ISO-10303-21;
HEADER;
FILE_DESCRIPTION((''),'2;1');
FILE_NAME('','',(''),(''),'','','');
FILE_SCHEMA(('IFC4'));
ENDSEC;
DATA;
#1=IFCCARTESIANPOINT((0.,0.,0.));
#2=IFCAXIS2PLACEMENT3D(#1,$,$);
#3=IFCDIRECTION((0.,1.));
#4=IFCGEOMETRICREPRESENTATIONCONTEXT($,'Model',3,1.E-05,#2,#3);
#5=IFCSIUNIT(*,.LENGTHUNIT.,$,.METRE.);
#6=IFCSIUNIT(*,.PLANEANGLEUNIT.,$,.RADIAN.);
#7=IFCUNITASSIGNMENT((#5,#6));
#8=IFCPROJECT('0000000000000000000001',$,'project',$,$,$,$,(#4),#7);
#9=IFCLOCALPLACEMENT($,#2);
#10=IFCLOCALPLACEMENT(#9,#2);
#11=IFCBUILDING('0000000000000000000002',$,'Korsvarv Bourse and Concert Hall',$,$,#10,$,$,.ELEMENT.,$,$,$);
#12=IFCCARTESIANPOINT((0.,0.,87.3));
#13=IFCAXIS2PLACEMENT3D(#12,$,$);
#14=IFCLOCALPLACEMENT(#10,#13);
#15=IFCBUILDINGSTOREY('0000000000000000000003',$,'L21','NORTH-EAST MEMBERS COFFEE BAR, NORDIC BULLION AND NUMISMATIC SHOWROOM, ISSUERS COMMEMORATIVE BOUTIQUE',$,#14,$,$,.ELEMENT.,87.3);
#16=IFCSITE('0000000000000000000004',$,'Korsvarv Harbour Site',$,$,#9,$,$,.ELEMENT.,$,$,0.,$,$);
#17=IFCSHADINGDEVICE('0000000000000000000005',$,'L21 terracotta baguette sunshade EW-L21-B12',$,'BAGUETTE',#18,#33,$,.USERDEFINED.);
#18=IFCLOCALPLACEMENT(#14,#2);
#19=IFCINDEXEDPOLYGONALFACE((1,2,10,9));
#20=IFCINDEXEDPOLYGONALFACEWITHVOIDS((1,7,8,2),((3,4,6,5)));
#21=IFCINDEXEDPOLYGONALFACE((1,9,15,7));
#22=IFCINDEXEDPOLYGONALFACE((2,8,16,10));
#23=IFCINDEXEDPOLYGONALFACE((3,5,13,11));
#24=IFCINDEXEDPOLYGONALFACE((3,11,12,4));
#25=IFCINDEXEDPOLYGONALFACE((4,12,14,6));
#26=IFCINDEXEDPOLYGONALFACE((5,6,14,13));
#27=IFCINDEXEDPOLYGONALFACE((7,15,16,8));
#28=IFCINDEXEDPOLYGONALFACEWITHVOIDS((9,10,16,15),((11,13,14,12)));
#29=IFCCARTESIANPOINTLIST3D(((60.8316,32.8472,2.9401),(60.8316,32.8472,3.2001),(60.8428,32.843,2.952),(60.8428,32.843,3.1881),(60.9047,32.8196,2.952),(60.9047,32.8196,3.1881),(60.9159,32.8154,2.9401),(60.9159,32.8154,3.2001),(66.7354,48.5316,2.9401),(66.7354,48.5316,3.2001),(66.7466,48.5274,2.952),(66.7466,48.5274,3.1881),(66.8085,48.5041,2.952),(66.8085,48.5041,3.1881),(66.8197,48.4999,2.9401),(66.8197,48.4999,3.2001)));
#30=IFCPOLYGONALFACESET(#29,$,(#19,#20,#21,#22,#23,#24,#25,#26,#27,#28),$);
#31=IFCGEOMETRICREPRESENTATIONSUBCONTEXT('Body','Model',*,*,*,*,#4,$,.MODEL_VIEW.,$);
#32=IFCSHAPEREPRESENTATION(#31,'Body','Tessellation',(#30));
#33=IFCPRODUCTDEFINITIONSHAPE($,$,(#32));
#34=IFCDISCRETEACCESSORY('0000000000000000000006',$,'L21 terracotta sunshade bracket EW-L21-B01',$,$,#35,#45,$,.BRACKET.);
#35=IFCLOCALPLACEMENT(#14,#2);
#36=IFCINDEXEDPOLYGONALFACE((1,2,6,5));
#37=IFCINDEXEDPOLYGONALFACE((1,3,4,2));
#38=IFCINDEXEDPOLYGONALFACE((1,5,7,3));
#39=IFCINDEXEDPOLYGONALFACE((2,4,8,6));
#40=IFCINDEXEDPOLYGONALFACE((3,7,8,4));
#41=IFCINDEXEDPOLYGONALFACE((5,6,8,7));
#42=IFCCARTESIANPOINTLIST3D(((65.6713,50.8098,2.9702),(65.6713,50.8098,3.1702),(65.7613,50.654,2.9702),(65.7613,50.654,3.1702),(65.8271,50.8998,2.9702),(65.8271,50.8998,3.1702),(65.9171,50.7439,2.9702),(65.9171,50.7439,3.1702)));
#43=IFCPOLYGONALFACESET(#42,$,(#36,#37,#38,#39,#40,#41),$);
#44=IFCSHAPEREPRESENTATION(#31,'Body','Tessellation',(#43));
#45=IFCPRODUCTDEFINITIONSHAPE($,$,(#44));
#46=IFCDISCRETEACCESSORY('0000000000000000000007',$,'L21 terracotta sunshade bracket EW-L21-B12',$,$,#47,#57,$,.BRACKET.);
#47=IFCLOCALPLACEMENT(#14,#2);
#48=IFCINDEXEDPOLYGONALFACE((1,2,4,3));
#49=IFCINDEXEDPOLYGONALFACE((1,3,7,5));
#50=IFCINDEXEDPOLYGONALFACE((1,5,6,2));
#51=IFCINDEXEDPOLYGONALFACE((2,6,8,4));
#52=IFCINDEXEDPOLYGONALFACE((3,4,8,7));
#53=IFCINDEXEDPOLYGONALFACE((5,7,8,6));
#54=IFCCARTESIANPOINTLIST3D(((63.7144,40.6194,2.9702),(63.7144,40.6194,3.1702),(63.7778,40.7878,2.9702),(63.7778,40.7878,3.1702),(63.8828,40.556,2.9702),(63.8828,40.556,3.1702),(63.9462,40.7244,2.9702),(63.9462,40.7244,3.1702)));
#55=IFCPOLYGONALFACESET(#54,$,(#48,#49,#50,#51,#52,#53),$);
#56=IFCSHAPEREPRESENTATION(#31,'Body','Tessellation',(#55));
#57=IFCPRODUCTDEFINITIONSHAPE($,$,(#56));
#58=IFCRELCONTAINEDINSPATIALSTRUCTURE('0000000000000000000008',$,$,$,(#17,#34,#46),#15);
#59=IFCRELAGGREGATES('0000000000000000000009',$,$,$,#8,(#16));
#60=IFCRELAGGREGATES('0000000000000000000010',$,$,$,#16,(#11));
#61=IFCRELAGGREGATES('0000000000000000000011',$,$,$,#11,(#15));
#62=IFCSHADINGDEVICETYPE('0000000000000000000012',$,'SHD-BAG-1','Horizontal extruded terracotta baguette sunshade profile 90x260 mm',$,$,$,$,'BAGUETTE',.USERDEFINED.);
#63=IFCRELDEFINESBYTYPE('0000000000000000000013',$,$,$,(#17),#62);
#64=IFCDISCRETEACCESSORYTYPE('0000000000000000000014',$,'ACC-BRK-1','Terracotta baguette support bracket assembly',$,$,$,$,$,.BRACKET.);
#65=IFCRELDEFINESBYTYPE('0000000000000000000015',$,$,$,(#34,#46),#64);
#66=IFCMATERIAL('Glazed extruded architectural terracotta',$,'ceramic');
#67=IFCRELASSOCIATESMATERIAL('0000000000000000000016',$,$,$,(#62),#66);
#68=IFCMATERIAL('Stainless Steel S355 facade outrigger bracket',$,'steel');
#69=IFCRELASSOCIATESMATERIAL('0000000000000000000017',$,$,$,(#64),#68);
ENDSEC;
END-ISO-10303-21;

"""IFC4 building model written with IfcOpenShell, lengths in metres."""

from ifc_helpers import new_model, si_unit, direction, frame, origin, origin_2d, place, context, subcontext, project, spatial, rectangle, hollow_rectangle, extrude, source, transform, mapped, material, material_profile, profile_set, type_object, element, save


model = new_model("IFC4")

# Units and contexts
model_context = context("Model", 3, precision=1e-05, world=origin(), true_north=direction((0.0, 1.0)))
body_context = subcontext(model_context, "Body", "Model", "MODEL_VIEW")
ifc_project = project(units=[si_unit("LENGTHUNIT", "METRE"), si_unit("PLANEANGLEUNIT", "RADIAN")], contexts=[model_context])

# Site, building, storey
site_placement = place(None, origin())
site = spatial("IfcSite", under=ifc_project, at=site_placement, Name="Korsvarv Harbour Site", CompositionType="ELEMENT", RefElevation=0.0)
building_placement = place(site_placement, origin())
building = spatial("IfcBuilding", under=site, at=building_placement, Name="Korsvarv Bourse and Concert Hall", CompositionType="ELEMENT")
storey_placement = place(building_placement, frame((0.0, 0.0, 87.3)))
storey = spatial("IfcBuildingStorey", under=building, at=storey_placement, Name="L21", Description="NORTH-EAST MEMBERS COFFEE BAR, NORDIC BULLION AND NUMISMATIC SHOWROOM, ISSUERS COMMEMORATIVE BOUTIQUE", CompositionType="ELEMENT", Elevation=87.3)

# Shading device
ifc_material_1 = material(Name="Glazed extruded architectural terracotta", Category="ceramic")
ifc_material_profile_1 = material_profile(ifc_material_1, hollow_rectangle(XDim=0.0901, YDim=0.26, WallThickness=0.012, at=origin_2d()), Name="TC-BAG 90x260")
ifc_profile_set_1 = profile_set([ifc_material_profile_1], Name="Glazed extruded architectural terracotta")
shading_device_type = type_object("IfcShadingDeviceType", Name="SHD-BAG-1", Description="Horizontal extruded terracotta baguette sunshade profile 90x260 mm", ElementType="BAGUETTE", PredefinedType="USERDEFINED", material=ifc_profile_set_1)
shared_shape_1 = source(origin(), body_context, "Body", "SweptSolid", [
    extrude(hollow_rectangle(XDim=0.0901, YDim=0.26, WallThickness=0.012, at=origin_2d()), origin(), (0.0, 0.0, 1.0), 16.7588),
])
shading_device_1_placement = place(storey_placement, frame((60.8738, 32.8313, 3.0701), z_axis=(0.352279, 0.935895, 0.0), x_axis=(-0.935895, 0.352279, 0.0)))
element("IfcShadingDevice", 1, at=shading_device_1_placement, inside=storey, type_object=shading_device_type, Name="L21 terracotta baguette sunshade EW-L21-B12", ObjectType="BAGUETTE", PredefinedType="USERDEFINED", context=body_context, shape_type="MappedRepresentation", body=[
    mapped(shared_shape_1, transform((0.0, 0.0, 0.0), scale=1.0)),
])

# Discrete accessories
ifc_material_2 = material(Name="Stainless Steel S355 facade outrigger bracket", Category="steel")
discrete_accessory_type = type_object("IfcDiscreteAccessoryType", Name="ACC-BRK-1", Description="Terracotta baguette support bracket assembly", PredefinedType="BRACKET", material=ifc_material_2)
shared_shape_2 = source(origin(), body_context, "Body", "SweptSolid", [
    extrude(rectangle(XDim=0.1799, YDim=0.1799, at=origin_2d()), origin(), (0.0, 0.0, 1.0), 0.2),
])
for number, where, z_axis, x_axis, name in (
    (2, (65.7942, 50.7769, 2.9702), (0.0, 0.0, 1.0), (-0.5, 0.866025, 0.0), "L21 terracotta sunshade bracket EW-L21-B01"),
    (3, (63.8303, 40.6719, 2.9702), (0.0, 0.0, 1.0), (0.352332, 0.935875, 0.0), "L21 terracotta sunshade bracket EW-L21-B12"),
):
    element("IfcDiscreteAccessory", number, at=place(storey_placement, frame(where, z_axis=z_axis, x_axis=x_axis)), inside=storey, type_object=discrete_accessory_type, Name=name, PredefinedType="BRACKET", context=body_context, shape_type="MappedRepresentation", body=[
        mapped(shared_shape_2, transform((0.0, 0.0, 0.0), scale=1.0)),
    ])

save(model, "model.ifc")
